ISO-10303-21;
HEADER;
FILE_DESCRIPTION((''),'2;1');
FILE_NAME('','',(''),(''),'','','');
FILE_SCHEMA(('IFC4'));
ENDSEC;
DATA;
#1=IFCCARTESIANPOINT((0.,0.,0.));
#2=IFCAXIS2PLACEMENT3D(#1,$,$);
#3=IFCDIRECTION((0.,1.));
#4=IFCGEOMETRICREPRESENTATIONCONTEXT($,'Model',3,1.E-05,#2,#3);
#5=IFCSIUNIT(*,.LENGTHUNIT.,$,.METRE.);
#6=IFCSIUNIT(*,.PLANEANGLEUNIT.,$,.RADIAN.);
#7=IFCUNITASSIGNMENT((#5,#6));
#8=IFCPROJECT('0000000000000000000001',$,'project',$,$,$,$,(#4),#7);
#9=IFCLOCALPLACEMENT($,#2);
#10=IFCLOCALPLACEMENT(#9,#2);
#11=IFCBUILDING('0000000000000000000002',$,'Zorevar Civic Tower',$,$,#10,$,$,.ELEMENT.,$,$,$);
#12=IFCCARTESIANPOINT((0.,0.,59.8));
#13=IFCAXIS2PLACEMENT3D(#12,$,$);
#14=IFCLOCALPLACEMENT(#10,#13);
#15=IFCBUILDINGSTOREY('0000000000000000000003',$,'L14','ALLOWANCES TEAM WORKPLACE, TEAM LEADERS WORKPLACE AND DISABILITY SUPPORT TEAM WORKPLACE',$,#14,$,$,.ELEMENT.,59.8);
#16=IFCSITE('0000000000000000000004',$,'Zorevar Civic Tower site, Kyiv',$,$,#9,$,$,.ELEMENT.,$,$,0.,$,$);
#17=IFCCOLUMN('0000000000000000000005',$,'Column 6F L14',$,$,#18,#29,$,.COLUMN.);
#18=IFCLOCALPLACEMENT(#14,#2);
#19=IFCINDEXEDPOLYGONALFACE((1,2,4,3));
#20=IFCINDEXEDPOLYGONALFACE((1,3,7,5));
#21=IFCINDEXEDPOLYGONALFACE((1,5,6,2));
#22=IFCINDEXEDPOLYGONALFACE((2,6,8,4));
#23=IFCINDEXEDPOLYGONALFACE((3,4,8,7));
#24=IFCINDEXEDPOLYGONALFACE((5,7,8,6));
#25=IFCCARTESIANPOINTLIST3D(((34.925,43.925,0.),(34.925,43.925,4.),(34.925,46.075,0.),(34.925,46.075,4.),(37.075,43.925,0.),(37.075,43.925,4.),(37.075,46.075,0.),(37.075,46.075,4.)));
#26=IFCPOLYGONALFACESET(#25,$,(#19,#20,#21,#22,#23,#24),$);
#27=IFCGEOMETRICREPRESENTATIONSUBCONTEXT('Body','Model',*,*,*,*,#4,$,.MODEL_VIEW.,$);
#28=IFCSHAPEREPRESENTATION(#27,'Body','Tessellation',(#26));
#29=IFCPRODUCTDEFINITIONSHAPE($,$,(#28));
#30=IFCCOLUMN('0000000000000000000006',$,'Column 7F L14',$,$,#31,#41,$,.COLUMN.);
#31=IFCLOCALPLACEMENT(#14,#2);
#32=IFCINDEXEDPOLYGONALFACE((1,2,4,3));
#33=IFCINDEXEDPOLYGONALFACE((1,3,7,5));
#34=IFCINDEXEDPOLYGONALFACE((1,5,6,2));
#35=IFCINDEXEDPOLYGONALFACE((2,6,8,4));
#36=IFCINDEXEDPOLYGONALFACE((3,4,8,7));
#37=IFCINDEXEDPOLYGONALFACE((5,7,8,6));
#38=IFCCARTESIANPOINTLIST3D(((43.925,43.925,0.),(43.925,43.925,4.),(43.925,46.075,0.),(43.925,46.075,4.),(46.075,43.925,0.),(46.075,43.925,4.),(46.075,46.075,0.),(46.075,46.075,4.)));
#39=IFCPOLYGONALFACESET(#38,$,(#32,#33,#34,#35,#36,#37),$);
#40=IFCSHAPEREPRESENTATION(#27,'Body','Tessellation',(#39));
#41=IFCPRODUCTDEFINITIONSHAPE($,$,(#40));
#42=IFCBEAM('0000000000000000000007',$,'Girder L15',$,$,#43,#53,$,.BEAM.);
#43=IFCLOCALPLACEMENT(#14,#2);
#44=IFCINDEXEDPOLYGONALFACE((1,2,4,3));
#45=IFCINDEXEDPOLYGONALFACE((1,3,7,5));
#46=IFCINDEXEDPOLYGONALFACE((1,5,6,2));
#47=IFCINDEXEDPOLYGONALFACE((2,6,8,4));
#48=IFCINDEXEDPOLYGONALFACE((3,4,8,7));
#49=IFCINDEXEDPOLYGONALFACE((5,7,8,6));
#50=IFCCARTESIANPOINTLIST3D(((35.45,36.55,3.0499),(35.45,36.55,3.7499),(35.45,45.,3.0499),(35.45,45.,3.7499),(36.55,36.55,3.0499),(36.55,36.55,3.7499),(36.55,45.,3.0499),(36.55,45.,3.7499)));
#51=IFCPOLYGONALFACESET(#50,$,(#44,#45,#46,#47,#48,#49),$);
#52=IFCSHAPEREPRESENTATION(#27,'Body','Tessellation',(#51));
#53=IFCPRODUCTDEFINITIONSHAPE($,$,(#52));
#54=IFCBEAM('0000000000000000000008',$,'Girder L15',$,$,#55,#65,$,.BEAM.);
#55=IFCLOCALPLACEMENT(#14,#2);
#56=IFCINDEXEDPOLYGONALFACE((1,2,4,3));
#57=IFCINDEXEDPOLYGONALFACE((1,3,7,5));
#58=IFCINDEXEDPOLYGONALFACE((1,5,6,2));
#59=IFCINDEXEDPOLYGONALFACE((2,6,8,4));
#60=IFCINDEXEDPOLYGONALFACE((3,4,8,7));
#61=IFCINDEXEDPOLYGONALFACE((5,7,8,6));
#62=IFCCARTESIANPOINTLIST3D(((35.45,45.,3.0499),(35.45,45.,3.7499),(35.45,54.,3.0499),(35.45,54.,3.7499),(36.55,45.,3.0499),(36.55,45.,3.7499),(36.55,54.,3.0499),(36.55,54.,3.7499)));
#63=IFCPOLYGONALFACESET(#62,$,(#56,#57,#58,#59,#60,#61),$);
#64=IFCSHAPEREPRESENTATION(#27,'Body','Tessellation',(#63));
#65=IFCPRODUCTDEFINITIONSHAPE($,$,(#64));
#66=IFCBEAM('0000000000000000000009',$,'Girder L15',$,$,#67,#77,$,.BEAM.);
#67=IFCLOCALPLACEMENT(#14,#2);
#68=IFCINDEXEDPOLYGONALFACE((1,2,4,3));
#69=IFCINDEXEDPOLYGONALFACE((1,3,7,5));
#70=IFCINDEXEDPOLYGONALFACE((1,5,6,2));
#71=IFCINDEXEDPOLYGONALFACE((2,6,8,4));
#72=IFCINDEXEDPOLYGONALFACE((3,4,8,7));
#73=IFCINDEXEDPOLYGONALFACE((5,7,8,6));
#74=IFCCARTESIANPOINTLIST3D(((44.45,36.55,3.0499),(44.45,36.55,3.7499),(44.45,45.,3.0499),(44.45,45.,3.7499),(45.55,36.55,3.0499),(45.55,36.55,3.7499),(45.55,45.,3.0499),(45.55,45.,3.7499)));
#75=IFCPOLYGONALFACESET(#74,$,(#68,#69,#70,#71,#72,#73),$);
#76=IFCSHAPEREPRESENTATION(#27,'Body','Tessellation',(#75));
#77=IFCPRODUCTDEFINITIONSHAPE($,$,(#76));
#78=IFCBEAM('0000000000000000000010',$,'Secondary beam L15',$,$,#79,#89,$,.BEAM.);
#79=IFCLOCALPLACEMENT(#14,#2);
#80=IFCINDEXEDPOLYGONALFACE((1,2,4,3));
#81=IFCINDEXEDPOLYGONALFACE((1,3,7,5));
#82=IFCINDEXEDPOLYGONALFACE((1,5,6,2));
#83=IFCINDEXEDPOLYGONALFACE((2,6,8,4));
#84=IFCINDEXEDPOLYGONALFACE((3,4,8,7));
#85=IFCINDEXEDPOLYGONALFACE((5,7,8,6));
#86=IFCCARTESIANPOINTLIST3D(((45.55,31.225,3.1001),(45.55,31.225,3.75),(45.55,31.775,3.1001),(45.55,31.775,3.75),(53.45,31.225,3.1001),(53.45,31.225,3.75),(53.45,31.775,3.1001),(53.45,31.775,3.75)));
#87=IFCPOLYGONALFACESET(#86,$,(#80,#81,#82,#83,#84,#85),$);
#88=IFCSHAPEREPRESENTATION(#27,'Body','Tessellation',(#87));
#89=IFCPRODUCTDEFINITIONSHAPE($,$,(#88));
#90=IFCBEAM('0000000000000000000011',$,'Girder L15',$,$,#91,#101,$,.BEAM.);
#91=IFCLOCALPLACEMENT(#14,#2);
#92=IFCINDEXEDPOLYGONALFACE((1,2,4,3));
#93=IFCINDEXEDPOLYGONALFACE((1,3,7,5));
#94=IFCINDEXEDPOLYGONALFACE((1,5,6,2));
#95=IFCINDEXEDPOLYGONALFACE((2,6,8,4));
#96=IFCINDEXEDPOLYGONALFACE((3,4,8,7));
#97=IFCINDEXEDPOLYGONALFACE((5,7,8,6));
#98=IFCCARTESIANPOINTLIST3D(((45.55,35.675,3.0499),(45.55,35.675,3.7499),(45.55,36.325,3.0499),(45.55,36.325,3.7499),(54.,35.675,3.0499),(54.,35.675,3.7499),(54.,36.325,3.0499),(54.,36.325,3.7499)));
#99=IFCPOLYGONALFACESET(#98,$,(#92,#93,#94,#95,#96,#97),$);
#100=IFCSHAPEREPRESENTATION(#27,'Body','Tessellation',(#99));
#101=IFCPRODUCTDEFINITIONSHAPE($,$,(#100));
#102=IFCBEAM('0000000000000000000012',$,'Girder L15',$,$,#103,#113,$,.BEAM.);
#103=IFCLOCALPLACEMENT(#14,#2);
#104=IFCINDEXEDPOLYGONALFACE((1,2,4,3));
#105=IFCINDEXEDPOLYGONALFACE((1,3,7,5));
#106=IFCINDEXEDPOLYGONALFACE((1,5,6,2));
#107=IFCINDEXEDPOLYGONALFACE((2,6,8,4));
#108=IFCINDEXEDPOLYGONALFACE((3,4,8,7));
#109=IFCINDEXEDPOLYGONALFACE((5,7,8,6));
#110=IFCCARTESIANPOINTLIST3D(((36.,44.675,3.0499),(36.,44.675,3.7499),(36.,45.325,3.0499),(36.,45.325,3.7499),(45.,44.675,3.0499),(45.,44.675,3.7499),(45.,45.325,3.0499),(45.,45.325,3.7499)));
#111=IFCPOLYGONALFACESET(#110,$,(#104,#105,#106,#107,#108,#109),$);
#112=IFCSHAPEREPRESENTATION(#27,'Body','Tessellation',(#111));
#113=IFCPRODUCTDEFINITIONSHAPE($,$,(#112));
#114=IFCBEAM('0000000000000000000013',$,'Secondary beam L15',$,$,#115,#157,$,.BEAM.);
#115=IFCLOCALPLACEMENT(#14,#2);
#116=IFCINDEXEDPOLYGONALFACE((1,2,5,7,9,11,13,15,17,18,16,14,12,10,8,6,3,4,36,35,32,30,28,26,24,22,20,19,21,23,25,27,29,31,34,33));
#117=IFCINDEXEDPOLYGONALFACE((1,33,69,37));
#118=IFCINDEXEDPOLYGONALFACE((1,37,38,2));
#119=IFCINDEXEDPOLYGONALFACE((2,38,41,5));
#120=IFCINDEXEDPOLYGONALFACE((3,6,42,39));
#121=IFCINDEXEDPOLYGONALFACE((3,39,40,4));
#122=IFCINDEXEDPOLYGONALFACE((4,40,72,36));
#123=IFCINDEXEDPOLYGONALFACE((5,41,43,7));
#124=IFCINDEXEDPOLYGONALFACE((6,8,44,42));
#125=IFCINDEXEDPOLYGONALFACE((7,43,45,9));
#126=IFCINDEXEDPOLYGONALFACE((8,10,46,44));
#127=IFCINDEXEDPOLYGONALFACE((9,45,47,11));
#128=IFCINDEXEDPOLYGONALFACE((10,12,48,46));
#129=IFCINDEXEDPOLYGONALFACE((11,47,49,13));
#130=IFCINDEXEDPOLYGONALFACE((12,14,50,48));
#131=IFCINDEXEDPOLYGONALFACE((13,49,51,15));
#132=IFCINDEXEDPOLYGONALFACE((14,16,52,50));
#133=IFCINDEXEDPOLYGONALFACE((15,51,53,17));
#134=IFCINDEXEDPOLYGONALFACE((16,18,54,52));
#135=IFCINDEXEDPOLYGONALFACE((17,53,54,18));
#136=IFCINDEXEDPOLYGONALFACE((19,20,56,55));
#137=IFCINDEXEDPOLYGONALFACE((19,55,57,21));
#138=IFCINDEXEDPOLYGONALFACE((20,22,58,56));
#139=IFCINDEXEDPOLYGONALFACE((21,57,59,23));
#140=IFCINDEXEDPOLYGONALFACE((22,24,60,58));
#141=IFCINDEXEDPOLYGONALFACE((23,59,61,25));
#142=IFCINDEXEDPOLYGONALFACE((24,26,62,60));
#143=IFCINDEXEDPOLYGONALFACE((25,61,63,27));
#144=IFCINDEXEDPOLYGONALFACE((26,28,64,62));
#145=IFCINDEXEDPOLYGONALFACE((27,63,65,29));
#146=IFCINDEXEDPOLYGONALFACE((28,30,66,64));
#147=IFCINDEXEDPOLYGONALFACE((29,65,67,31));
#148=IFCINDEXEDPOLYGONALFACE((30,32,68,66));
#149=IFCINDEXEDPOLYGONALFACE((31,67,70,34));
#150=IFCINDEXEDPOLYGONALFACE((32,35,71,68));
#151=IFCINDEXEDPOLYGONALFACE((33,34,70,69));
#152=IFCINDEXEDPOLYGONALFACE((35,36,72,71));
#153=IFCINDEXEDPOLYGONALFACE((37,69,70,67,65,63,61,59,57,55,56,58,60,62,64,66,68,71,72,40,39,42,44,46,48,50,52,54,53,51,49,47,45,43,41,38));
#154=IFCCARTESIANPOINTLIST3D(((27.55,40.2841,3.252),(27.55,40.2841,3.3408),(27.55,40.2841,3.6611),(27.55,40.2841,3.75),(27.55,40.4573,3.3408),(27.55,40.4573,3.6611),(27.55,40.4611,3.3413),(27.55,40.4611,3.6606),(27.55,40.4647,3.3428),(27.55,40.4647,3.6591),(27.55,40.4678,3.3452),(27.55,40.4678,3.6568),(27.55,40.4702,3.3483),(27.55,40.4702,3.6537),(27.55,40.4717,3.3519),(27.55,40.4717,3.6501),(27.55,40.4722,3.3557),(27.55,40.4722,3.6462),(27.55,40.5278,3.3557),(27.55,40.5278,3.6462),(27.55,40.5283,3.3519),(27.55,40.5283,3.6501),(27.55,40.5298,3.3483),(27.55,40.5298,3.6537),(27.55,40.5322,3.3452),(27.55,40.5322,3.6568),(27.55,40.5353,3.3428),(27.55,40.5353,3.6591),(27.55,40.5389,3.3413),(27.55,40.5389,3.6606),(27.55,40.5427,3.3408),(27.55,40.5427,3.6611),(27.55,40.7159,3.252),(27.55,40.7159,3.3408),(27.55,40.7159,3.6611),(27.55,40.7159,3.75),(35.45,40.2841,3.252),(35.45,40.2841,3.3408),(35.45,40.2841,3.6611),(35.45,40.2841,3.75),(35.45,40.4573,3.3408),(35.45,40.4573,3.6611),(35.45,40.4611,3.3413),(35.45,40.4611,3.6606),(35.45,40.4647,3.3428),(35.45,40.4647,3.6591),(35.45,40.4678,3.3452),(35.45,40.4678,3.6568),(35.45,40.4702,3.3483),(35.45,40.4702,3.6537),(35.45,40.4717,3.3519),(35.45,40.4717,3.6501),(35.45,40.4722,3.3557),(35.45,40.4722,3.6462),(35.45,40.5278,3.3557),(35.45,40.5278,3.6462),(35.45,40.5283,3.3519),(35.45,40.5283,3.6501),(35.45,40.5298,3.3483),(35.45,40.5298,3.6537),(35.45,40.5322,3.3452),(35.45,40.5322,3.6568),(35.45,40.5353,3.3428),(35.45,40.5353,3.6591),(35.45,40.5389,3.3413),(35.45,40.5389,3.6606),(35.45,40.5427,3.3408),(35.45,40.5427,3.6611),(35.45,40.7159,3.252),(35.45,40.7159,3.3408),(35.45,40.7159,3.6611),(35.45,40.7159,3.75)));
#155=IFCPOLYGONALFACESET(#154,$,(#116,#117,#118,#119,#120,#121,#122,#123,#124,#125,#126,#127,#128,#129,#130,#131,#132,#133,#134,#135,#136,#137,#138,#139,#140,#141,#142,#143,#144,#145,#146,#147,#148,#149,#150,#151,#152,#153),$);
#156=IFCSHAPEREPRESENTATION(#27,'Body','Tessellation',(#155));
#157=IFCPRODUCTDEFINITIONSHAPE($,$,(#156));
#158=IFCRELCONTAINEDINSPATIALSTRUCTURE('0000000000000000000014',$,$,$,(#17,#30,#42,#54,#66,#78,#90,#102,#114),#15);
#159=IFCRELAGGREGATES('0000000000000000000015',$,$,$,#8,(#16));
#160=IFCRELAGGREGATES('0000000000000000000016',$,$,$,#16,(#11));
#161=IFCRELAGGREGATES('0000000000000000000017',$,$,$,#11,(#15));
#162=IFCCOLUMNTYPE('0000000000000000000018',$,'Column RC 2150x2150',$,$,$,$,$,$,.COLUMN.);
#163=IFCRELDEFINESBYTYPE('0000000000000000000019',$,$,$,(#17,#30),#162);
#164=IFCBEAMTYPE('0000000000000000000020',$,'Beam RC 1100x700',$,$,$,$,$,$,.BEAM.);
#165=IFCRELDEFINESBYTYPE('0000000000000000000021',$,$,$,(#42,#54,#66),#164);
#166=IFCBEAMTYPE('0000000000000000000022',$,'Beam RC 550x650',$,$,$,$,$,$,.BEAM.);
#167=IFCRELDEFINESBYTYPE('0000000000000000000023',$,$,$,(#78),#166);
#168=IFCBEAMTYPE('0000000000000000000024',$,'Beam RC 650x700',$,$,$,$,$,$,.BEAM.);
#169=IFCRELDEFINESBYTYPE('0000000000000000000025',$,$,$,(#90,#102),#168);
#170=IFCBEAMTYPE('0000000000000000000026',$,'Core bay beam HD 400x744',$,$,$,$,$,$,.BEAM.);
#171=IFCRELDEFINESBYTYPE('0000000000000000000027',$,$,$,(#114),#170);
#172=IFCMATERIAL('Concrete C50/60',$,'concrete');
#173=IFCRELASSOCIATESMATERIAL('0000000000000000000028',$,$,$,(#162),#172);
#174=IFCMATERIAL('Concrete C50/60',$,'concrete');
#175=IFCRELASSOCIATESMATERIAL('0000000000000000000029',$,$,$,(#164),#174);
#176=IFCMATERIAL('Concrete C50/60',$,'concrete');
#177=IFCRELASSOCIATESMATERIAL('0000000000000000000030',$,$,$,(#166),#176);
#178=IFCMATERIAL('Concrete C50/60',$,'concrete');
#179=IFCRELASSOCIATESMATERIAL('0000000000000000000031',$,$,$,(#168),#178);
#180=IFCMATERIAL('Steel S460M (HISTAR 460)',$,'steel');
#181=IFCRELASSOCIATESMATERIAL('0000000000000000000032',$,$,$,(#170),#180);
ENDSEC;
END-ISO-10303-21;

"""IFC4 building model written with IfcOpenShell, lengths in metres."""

from ifc_helpers import new_model, si_unit, direction, frame, origin, origin_2d, place, context, subcontext, project, spatial, rectangle, i_section, extrude, material, material_profile, profile_set, type_object, element, save


model = new_model("IFC4")

# Units and contexts
model_context = context("Model", 3, precision=1e-05, world=origin(), true_north=direction((0.0, 1.0)))
body_context = subcontext(model_context, "Body", "Model", "MODEL_VIEW")
ifc_project = project(units=[si_unit("LENGTHUNIT", "METRE"), si_unit("PLANEANGLEUNIT", "RADIAN")], contexts=[model_context])

# Site, building, storey
site_placement = place(None, origin())
site = spatial("IfcSite", under=ifc_project, at=site_placement, Name="Zorevar Civic Tower site, Kyiv", CompositionType="ELEMENT", RefElevation=0.0)
building_placement = place(site_placement, origin())
building = spatial("IfcBuilding", under=site, at=building_placement, Name="Zorevar Civic Tower", CompositionType="ELEMENT")
storey_placement = place(building_placement, frame((0.0, 0.0, 59.8)))
storey = spatial("IfcBuildingStorey", under=building, at=storey_placement, Name="L14", Description="ALLOWANCES TEAM WORKPLACE, TEAM LEADERS WORKPLACE AND DISABILITY SUPPORT TEAM WORKPLACE", CompositionType="ELEMENT", Elevation=59.8)

# Columns
ifc_material_1 = material(Name="Concrete C50/60", Category="concrete")
ifc_material_profile_1 = material_profile(ifc_material_1, rectangle(XDim=2.1499, YDim=2.1499, at=origin_2d()), Name="RC 2150x2150")
ifc_profile_set_1 = profile_set([ifc_material_profile_1], Name="Concrete C50/60")
column_type = type_object("IfcColumnType", Name="Column RC 2150x2150", PredefinedType="COLUMN", material=ifc_profile_set_1)
for number, where, z_axis, x_axis, name in (
    (1, (36.0, 45.0, 0.0), (0.0, 0.0, 1.0), (1.0, 0.0, 0.0), "Column 6F L14"),
    (2, (45.0, 45.0, 0.0), (0.0, 0.0, 1.0), (1.0, 0.0, 0.0), "Column 7F L14"),
):
    element("IfcColumn", number, at=place(storey_placement, frame(where, z_axis=z_axis, x_axis=x_axis)), inside=storey, type_object=column_type, Name=name, PredefinedType="COLUMN", context=body_context, shape_type="SweptSolid", body=[
        extrude(rectangle(XDim=2.1499, YDim=2.1499, at=origin_2d()), origin(), (0.0, 0.0, 1.0), 4.0),
    ])

# Beams
ifc_material_2 = material(Name="Concrete C50/60", Category="concrete")
ifc_material_profile_2 = material_profile(ifc_material_2, rectangle(XDim=1.1001, YDim=0.7, at=origin_2d()), Name="RC 1100x700")
ifc_profile_set_2 = profile_set([ifc_material_profile_2], Name="Concrete C50/60")
beam_type_1 = type_object("IfcBeamType", Name="Beam RC 1100x700", PredefinedType="BEAM", material=ifc_profile_set_2)
beam_1_placement = place(storey_placement, frame((36.0, 36.55, 3.3999), z_axis=(0.0, 1.0, 0.0), x_axis=(-1.0, 0.0, 0.0)))
element("IfcBeam", 3, at=beam_1_placement, inside=storey, type_object=beam_type_1, Name="Girder L15", PredefinedType="BEAM", context=body_context, shape_type="SweptSolid", body=[
    extrude(rectangle(XDim=1.1001, YDim=0.7, at=origin_2d()), origin(), (0.0, 0.0, 1.0), 8.45),
])
beam_2_placement = place(storey_placement, frame((36.0, 45.0, 3.3999), z_axis=(0.0, 1.0, 0.0), x_axis=(-1.0, 0.0, 0.0)))
element("IfcBeam", 4, at=beam_2_placement, inside=storey, type_object=beam_type_1, Name="Girder L15", PredefinedType="BEAM", context=body_context, shape_type="SweptSolid", body=[
    extrude(rectangle(XDim=1.1001, YDim=0.7, at=origin_2d()), origin(), (0.0, 0.0, 1.0), 9.0),
])
beam_3_placement = place(storey_placement, frame((45.0, 36.55, 3.3999), z_axis=(0.0, 1.0, 0.0), x_axis=(-1.0, 0.0, 0.0)))
element("IfcBeam", 5, at=beam_3_placement, inside=storey, type_object=beam_type_1, Name="Girder L15", PredefinedType="BEAM", context=body_context, shape_type="SweptSolid", body=[
    extrude(rectangle(XDim=1.1001, YDim=0.7, at=origin_2d()), origin(), (0.0, 0.0, 1.0), 8.45),
])
ifc_material_3 = material(Name="Concrete C50/60", Category="concrete")
ifc_material_profile_3 = material_profile(ifc_material_3, rectangle(XDim=0.55, YDim=0.6499, at=origin_2d()), Name="RC 550x650")
ifc_profile_set_3 = profile_set([ifc_material_profile_3], Name="Concrete C50/60")
beam_type_2 = type_object("IfcBeamType", Name="Beam RC 550x650", PredefinedType="BEAM", material=ifc_profile_set_3)
beam_4_placement = place(storey_placement, frame((45.55, 31.5, 3.425), z_axis=(1.0, 0.0, 0.0), x_axis=(0.0, 1.0, 0.0)))
element("IfcBeam", 6, at=beam_4_placement, inside=storey, type_object=beam_type_2, Name="Secondary beam L15", PredefinedType="BEAM", context=body_context, shape_type="SweptSolid", body=[
    extrude(rectangle(XDim=0.55, YDim=0.6499, at=origin_2d()), origin(), (0.0, 0.0, 1.0), 7.8999),
])
ifc_material_4 = material(Name="Concrete C50/60", Category="concrete")
ifc_material_profile_4 = material_profile(ifc_material_4, rectangle(XDim=0.6499, YDim=0.7, at=origin_2d()), Name="RC 650x700")
ifc_profile_set_4 = profile_set([ifc_material_profile_4], Name="Concrete C50/60")
beam_type_3 = type_object("IfcBeamType", Name="Beam RC 650x700", PredefinedType="BEAM", material=ifc_profile_set_4)
beam_5_placement = place(storey_placement, frame((45.55, 36.0, 3.3999), z_axis=(1.0, 0.0, 0.0), x_axis=(0.0, 1.0, 0.0)))
element("IfcBeam", 7, at=beam_5_placement, inside=storey, type_object=beam_type_3, Name="Girder L15", PredefinedType="BEAM", context=body_context, shape_type="SweptSolid", body=[
    extrude(rectangle(XDim=0.6499, YDim=0.7, at=origin_2d()), origin(), (0.0, 0.0, 1.0), 8.45),
])
beam_6_placement = place(storey_placement, frame((36.0, 45.0, 3.3999), z_axis=(1.0, 0.0, 0.0), x_axis=(0.0, 1.0, 0.0)))
element("IfcBeam", 8, at=beam_6_placement, inside=storey, type_object=beam_type_3, Name="Girder L15", PredefinedType="BEAM", context=body_context, shape_type="SweptSolid", body=[
    extrude(rectangle(XDim=0.6499, YDim=0.7, at=origin_2d()), origin(), (0.0, 0.0, 1.0), 9.0),
])
ifc_material_5 = material(Name="Steel S460M (HISTAR 460)", Category="steel")
ifc_material_profile_5 = material_profile(ifc_material_5, i_section(OverallWidth=0.4319, OverallDepth=0.498, WebThickness=0.0557, FlangeThickness=0.0889, FilletRadius=0.0149, at=origin_2d()), Name="HD 400x744")
ifc_profile_set_5 = profile_set([ifc_material_profile_5], Name="Steel S460M (HISTAR 460)")
beam_type_4 = type_object("IfcBeamType", Name="Core bay beam HD 400x744", PredefinedType="BEAM", material=ifc_profile_set_5)
for number, where, z_axis, x_axis, name in (
    (9, (27.55, 40.5, 3.501), (1.0, 0.0, 0.0), (0.0, 1.0, 0.0), "Secondary beam L15"),
):
    element("IfcBeam", number, at=place(storey_placement, frame(where, z_axis=z_axis, x_axis=x_axis)), inside=storey, type_object=beam_type_4, Name=name, PredefinedType="BEAM", context=body_context, shape_type="SweptSolid", body=[
        extrude(i_section(OverallWidth=0.4319, OverallDepth=0.498, WebThickness=0.0557, FlangeThickness=0.0889, FilletRadius=0.0149, at=origin_2d()), origin(), (0.0, 0.0, 1.0), 7.8999),
    ])

save(model, "model.ifc")
